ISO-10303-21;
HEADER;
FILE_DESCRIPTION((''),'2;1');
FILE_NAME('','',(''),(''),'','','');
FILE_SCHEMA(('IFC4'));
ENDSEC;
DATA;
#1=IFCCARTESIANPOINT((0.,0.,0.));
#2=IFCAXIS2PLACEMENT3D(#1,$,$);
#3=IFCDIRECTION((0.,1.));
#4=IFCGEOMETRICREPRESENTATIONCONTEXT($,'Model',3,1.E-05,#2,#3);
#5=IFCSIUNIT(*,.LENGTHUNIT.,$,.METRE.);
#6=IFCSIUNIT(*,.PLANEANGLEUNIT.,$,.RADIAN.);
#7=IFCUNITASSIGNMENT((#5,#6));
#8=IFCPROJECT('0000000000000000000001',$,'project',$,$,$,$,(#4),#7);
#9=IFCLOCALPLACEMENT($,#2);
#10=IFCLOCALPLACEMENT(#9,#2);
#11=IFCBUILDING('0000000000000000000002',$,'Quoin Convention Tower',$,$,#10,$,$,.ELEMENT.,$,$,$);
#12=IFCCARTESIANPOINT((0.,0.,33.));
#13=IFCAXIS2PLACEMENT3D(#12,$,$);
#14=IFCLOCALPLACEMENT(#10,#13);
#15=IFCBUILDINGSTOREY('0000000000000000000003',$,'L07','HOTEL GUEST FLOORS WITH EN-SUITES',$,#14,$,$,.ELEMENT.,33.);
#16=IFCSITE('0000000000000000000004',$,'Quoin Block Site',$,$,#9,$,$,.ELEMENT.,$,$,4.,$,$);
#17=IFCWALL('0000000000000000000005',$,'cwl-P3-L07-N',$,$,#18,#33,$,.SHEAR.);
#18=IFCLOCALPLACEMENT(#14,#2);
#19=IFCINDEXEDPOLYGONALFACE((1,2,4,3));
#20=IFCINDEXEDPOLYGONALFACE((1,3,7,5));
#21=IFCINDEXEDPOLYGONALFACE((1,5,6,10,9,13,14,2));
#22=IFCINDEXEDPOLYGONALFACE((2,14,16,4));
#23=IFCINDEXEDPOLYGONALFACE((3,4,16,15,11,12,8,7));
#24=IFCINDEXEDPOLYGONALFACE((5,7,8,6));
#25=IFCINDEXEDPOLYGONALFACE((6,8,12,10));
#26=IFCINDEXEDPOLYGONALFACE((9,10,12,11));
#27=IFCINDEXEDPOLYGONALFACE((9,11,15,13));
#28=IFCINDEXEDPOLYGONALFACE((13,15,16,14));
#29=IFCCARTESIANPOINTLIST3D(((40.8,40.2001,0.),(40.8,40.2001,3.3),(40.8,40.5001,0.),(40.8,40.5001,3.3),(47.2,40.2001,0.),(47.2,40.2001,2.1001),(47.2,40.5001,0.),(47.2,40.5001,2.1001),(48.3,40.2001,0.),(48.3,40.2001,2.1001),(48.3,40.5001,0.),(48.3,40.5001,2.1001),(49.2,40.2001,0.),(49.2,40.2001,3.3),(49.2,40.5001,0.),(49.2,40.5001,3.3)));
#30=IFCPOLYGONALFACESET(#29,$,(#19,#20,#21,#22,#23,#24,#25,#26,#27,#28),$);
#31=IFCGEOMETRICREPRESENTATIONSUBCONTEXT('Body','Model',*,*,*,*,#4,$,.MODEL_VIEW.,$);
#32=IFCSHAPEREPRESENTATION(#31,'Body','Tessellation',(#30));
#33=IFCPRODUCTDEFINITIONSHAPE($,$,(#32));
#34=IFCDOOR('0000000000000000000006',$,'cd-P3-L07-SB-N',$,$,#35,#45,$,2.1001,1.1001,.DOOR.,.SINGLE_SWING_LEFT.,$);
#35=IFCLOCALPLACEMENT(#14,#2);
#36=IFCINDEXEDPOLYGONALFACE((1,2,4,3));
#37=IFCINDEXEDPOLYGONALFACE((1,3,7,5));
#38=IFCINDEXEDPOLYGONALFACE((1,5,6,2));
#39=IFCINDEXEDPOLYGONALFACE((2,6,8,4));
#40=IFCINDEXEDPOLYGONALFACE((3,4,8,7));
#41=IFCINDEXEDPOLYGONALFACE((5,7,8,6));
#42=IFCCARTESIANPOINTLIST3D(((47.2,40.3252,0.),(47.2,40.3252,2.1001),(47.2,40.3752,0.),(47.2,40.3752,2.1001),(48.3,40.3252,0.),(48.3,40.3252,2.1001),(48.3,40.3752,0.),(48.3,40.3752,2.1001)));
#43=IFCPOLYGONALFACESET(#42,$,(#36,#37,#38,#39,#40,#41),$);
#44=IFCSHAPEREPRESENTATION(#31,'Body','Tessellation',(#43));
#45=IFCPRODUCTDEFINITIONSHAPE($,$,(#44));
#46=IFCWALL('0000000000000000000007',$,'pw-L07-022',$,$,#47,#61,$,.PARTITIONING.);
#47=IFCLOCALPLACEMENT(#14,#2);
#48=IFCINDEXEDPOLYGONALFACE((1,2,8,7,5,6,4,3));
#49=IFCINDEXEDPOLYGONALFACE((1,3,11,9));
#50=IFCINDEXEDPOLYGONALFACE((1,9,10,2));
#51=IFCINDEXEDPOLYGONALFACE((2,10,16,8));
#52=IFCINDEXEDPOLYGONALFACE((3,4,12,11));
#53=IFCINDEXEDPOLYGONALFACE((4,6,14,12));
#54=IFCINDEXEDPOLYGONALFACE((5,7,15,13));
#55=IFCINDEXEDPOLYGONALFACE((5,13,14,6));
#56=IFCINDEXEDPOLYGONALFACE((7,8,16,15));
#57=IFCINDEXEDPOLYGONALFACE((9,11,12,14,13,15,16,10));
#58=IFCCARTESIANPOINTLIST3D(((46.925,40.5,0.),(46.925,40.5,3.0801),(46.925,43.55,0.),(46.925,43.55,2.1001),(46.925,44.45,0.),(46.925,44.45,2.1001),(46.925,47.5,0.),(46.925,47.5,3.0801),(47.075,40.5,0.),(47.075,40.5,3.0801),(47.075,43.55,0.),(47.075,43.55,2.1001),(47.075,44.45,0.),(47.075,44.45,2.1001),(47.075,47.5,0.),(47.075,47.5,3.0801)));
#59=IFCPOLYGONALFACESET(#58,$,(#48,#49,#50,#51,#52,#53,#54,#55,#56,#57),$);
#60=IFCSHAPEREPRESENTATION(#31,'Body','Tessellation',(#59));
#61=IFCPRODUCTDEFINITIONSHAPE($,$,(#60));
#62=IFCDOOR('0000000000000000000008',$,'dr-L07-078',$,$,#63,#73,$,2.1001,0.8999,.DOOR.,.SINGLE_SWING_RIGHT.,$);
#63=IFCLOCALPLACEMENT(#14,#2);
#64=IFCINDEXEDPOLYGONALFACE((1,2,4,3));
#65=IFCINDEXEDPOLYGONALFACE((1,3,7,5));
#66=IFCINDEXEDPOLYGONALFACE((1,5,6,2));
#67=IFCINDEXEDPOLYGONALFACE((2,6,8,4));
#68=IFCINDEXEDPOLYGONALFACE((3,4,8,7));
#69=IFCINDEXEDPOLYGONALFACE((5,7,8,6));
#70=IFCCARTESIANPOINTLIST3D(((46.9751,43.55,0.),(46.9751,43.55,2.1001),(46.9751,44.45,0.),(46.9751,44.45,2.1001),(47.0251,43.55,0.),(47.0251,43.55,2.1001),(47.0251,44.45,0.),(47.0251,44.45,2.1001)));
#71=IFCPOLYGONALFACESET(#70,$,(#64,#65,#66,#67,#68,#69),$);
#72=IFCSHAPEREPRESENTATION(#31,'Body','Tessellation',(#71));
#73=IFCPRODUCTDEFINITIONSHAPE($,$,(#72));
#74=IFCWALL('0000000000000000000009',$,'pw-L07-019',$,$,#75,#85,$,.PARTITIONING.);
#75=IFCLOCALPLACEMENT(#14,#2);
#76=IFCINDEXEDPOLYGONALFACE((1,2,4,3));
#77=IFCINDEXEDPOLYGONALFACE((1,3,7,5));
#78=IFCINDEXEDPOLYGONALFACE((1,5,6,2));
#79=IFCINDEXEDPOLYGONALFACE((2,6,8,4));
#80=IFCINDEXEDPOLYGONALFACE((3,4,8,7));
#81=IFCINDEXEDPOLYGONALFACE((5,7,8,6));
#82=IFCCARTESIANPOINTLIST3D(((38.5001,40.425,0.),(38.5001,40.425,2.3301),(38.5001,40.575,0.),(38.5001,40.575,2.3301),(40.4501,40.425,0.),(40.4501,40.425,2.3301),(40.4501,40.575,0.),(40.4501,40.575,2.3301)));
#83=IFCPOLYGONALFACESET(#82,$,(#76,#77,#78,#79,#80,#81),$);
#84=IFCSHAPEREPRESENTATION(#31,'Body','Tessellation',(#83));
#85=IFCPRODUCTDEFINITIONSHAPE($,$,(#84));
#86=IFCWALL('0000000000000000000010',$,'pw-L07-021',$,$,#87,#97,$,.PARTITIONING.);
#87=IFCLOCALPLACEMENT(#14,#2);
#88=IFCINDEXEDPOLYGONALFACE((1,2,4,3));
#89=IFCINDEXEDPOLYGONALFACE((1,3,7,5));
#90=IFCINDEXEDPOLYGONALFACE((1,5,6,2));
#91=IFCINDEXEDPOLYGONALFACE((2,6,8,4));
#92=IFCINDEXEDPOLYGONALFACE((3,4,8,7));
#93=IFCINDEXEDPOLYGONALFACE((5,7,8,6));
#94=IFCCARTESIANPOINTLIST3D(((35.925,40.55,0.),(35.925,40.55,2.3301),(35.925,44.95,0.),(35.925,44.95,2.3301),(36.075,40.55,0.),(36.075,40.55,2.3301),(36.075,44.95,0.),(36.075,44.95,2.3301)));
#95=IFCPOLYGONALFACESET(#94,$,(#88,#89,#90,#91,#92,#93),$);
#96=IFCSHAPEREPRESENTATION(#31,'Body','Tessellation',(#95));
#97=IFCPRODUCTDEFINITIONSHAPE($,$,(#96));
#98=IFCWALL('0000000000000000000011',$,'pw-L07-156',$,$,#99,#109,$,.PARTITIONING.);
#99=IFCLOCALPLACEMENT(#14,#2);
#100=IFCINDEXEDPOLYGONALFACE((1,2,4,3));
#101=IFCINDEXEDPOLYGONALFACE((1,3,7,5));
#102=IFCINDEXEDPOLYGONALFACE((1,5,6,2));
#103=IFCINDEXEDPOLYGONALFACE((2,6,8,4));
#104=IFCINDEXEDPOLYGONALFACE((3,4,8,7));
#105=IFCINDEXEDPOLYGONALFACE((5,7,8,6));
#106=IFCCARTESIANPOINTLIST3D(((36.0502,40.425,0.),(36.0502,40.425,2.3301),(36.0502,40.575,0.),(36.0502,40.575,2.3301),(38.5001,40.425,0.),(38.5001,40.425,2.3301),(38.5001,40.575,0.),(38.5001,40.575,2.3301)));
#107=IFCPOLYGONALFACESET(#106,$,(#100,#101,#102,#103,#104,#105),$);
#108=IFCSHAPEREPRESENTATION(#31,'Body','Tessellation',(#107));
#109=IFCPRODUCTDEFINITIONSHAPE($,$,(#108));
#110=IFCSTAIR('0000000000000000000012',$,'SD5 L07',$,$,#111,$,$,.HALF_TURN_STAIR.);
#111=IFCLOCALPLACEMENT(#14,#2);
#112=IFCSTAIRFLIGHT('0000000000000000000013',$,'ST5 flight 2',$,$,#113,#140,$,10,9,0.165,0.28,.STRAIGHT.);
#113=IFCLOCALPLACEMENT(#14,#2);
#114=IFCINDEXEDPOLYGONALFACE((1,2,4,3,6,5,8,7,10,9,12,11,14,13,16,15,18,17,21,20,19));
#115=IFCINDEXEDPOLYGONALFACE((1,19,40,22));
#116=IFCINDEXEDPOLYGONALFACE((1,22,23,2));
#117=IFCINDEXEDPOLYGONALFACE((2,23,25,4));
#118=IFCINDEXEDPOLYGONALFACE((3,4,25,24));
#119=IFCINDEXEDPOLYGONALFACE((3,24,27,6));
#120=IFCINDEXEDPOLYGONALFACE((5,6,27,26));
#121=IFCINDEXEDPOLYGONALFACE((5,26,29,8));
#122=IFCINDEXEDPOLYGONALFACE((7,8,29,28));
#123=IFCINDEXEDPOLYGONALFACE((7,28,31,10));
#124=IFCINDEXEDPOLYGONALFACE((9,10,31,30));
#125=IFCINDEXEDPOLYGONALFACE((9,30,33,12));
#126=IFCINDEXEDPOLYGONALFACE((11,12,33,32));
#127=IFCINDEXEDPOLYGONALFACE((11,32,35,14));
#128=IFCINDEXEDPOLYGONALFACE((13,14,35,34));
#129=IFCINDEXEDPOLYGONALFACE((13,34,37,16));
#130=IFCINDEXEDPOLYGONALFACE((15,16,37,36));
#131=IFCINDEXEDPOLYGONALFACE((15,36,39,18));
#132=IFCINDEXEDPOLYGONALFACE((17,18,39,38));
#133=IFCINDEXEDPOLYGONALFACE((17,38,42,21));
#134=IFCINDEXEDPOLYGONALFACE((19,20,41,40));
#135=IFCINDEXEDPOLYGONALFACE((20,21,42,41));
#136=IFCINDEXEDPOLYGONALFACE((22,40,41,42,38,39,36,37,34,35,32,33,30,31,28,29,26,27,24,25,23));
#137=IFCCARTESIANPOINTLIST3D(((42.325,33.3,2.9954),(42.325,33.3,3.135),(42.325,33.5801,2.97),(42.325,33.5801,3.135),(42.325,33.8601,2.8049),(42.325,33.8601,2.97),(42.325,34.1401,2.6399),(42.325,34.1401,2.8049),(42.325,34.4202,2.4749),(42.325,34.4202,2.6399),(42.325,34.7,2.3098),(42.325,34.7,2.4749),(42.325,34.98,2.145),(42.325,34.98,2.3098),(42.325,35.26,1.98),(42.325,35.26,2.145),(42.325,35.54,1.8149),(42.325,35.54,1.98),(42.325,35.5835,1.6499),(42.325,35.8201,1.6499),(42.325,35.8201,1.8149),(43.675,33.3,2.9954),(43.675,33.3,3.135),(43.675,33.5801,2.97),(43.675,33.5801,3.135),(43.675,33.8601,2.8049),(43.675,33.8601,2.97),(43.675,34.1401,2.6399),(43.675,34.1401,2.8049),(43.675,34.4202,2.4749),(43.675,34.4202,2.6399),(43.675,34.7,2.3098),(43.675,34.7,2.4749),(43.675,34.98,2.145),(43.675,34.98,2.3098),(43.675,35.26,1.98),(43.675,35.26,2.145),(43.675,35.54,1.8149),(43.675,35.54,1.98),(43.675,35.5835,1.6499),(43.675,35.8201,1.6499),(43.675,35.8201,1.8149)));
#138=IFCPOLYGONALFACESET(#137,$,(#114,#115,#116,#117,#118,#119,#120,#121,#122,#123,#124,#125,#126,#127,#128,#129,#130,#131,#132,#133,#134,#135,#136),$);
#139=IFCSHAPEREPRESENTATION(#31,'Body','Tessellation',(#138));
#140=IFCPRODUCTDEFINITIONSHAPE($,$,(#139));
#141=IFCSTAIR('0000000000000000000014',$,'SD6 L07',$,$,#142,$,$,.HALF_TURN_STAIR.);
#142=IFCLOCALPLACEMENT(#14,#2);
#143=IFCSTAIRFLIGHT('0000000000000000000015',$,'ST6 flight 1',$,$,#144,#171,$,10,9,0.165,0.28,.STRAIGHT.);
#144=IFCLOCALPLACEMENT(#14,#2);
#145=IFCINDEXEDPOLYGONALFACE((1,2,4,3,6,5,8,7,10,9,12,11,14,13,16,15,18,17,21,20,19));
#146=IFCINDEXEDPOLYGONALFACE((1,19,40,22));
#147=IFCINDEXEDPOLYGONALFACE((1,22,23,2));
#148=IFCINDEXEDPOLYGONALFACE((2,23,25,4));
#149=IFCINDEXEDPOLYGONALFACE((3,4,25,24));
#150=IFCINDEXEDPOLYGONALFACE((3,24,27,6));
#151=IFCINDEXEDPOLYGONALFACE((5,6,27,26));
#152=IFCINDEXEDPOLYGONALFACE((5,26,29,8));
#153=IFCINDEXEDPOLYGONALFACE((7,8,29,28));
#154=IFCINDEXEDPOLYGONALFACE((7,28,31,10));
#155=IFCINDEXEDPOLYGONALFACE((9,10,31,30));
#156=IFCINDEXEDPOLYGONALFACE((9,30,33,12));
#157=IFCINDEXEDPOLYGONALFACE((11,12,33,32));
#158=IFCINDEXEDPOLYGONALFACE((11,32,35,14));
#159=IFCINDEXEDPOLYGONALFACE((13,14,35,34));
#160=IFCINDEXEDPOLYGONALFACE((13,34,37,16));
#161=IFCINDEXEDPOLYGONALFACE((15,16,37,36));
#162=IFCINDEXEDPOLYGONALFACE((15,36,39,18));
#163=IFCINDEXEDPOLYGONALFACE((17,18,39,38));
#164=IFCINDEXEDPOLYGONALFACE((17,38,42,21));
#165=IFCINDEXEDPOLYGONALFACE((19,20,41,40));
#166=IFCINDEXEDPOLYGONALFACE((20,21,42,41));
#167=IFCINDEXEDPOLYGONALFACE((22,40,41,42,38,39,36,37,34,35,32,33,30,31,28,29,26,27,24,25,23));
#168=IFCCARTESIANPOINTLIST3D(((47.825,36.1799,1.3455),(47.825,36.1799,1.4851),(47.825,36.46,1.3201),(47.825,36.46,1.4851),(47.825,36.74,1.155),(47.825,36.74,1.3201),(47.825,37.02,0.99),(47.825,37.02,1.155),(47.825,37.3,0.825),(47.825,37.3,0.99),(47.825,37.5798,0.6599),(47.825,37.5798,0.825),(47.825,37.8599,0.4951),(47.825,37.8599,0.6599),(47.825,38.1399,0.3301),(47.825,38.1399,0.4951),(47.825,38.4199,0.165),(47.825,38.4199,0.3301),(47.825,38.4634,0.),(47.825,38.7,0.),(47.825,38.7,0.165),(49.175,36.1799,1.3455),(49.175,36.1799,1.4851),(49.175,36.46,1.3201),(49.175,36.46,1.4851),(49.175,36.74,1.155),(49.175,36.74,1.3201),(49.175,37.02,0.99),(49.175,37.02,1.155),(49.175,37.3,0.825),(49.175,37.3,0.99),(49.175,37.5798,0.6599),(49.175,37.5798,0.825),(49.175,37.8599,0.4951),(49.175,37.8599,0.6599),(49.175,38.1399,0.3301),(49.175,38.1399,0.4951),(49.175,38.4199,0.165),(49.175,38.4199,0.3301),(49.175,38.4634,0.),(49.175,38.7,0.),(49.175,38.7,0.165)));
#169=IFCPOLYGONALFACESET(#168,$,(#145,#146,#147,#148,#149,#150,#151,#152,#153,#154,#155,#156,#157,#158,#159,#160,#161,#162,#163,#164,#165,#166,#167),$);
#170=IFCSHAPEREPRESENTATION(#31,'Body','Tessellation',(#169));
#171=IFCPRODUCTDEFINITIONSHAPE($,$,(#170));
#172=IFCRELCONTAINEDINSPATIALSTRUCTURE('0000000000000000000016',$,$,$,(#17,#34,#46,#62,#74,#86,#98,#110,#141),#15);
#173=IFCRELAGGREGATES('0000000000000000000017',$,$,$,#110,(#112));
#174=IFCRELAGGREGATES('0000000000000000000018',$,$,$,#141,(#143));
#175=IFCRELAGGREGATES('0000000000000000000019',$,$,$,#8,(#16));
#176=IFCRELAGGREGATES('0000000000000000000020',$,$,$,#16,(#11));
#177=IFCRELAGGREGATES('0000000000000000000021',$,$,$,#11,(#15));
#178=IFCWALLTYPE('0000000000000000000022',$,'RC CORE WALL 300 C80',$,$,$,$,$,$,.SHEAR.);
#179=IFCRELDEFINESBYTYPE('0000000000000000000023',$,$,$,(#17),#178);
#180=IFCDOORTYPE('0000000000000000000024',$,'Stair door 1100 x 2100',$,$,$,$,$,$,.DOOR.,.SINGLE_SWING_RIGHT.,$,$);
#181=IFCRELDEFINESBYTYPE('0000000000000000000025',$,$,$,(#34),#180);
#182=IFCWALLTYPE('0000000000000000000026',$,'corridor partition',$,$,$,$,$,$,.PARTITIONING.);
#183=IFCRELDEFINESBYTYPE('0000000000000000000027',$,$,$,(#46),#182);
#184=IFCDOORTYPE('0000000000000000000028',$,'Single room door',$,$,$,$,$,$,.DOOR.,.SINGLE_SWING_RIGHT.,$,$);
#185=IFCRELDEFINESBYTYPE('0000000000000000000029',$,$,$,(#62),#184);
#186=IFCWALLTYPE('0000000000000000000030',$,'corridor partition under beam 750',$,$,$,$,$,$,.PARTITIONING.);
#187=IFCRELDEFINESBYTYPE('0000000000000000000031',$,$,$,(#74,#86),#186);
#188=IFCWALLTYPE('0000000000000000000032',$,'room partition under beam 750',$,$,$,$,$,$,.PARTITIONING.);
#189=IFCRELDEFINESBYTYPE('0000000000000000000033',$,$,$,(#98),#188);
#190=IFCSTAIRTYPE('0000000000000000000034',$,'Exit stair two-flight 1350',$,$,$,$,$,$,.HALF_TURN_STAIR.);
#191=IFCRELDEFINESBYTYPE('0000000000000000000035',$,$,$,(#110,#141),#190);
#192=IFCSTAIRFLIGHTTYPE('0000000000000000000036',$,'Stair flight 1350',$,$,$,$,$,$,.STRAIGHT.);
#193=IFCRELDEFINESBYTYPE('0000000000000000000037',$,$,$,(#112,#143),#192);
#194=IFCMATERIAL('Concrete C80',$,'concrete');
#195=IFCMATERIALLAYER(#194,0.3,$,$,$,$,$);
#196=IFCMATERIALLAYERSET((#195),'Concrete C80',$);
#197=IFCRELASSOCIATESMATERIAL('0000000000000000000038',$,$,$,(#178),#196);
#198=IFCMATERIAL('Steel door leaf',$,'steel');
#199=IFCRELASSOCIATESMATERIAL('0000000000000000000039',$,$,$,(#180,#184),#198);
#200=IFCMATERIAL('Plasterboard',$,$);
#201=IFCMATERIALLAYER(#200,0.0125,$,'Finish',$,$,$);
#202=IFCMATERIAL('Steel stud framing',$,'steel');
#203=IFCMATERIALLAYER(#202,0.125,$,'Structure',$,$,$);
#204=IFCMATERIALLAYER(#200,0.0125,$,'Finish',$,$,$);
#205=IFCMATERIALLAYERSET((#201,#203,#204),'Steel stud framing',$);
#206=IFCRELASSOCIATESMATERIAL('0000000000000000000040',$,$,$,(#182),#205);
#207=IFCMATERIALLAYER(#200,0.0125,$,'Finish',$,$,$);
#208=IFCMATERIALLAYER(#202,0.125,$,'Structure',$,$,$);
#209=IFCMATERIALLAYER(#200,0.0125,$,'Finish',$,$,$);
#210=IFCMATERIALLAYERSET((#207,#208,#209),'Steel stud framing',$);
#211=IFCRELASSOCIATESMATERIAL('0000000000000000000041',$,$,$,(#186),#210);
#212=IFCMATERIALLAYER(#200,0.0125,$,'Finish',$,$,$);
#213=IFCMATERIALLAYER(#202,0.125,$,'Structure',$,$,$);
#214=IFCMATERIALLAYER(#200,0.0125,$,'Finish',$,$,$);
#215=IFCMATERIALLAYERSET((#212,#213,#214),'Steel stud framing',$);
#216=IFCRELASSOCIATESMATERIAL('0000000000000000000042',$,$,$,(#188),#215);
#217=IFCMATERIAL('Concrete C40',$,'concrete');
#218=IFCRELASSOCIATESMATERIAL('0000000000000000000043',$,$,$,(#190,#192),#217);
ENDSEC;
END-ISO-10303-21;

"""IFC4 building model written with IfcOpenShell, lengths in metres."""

from ifc_helpers import new_model, si_unit, direction, frame, frame_2d, origin, place, context, subcontext, project, spatial, polyline, rectangle, outline, extrude, material, layer, layer_set, type_object, element, fill, aggregate, save


model = new_model("IFC4")

# Units and contexts
model_context = context("Model", 3, precision=1e-05, world=origin(), true_north=direction((0.0, 1.0)))
body_context = subcontext(model_context, "Body", "Model", "MODEL_VIEW")
ifc_project = project(units=[si_unit("LENGTHUNIT", "METRE"), si_unit("PLANEANGLEUNIT", "RADIAN")], contexts=[model_context])

# Site, building, storey
site_placement = place(None, origin())
site = spatial("IfcSite", under=ifc_project, at=site_placement, Name="Quoin Block Site", CompositionType="ELEMENT", RefElevation=4.0)
building_placement = place(site_placement, origin())
building = spatial("IfcBuilding", under=site, at=building_placement, Name="Quoin Convention Tower", CompositionType="ELEMENT")
storey_placement = place(building_placement, frame((0.0, 0.0, 33.0)))
storey = spatial("IfcBuildingStorey", under=building, at=storey_placement, Name="L07", Description="HOTEL GUEST FLOORS WITH EN-SUITES", CompositionType="ELEMENT", Elevation=33.0)

# Shared definitions
ifc_material_1 = material(Name="Concrete C80", Category="concrete")

# Walls, openings, doors
ifc_layer_1 = layer(ifc_material_1, 0.3)
ifc_layer_set_1 = layer_set([ifc_layer_1], Name="Concrete C80")
wall_type_1 = type_object("IfcWallType", Name="RC CORE WALL 300 C80", PredefinedType="SHEAR", material=ifc_layer_set_1)
wall_1_placement = place(storey_placement, frame((40.8, 40.3501, 0.0), z_axis=(0.0, 0.0, 1.0), x_axis=(1.0, 0.0, 0.0)))
wall_1 = element("IfcWall", 1, at=wall_1_placement, inside=storey, type_object=wall_type_1, Name="cwl-P3-L07-N", PredefinedType="SHEAR", context=body_context, shape_type="SweptSolid", body=[
    extrude(rectangle(XDim=8.3999, YDim=0.3, at=frame_2d((4.2, 0.0))), origin(), (0.0, 0.0, 1.0), 3.3),
])
opening_1_placement = place(wall_1_placement, frame((6.3999, 0.0, 0.0)))
opening_1 = element("IfcOpeningElement", 2, at=opening_1_placement, cuts=wall_1, PredefinedType="OPENING", context=body_context, shape_type="SweptSolid", body=[
    extrude(rectangle(XDim=1.1001, YDim=2.1001, at=frame_2d((0.55, 1.05))), frame((0.0, 0.1599, 0.0), z_axis=(0.0, -1.0, 0.0), x_axis=(1.0, 0.0, 0.0)), (0.0, 0.0, 1.0), 0.3201),
])
ifc_material_2 = material(Name="Steel door leaf", Category="steel")
door_type_1 = type_object("IfcDoorType", Name="Stair door 1100 x 2100", OperationType="SINGLE_SWING_RIGHT", PredefinedType="DOOR", material=ifc_material_2)
door_1_placement = place(opening_1_placement, frame((1.1001, 0.0, 0.0), z_axis=(0.0, 0.0, 1.0), x_axis=(-1.0, 0.0, 0.0)))
door_1 = element("IfcDoor", 3, at=door_1_placement, inside=storey, type_object=door_type_1, Name="cd-P3-L07-SB-N", OperationType="SINGLE_SWING_LEFT", OverallHeight=2.1001, OverallWidth=1.1001, PredefinedType="DOOR", context=body_context, shape_type="SweptSolid", body=[
    extrude(rectangle(XDim=1.1001, YDim=2.1001, at=frame_2d((0.55, 1.05))), frame((0.0, 0.0249, 0.0), z_axis=(0.0, -1.0, 0.0), x_axis=(1.0, 0.0, 0.0)), (0.0, 0.0, 1.0), 0.05),
])
fill(opening_1, door_1)
ifc_material_3 = material(Name="Plasterboard")
ifc_layer_2 = layer(ifc_material_3, 0.0125, Name="Finish")
ifc_material_4 = material(Name="Steel stud framing", Category="steel")
ifc_layer_3 = layer(ifc_material_4, 0.125, Name="Structure")
ifc_layer_4 = layer(ifc_material_3, 0.0125, Name="Finish")
ifc_layer_set_2 = layer_set([ifc_layer_2, ifc_layer_3, ifc_layer_4], Name="Steel stud framing")
wall_type_2 = type_object("IfcWallType", Name="corridor partition", PredefinedType="PARTITIONING", material=ifc_layer_set_2)
wall_2_placement = place(storey_placement, frame((47.0, 40.5, 0.0), z_axis=(0.0, 0.0, 1.0), x_axis=(0.0, 1.0, 0.0)))
wall_2 = element("IfcWall", 4, at=wall_2_placement, inside=storey, type_object=wall_type_2, Name="pw-L07-022", PredefinedType="PARTITIONING", context=body_context, shape_type="SweptSolid", body=[
    extrude(rectangle(XDim=7.0, YDim=0.1499, at=frame_2d((3.5, 0.0))), origin(), (0.0, 0.0, 1.0), 3.0801),
])
opening_2_placement = place(wall_2_placement, frame((3.05, 0.0, 0.0)))
opening_2 = element("IfcOpeningElement", 5, at=opening_2_placement, cuts=wall_2, PredefinedType="OPENING", context=body_context, shape_type="SweptSolid", body=[
    extrude(rectangle(XDim=0.8999, YDim=2.1001, at=frame_2d((0.45, 1.05))), frame((0.0, 0.085, 0.0), z_axis=(0.0, -1.0, 0.0), x_axis=(1.0, 0.0, 0.0)), (0.0, 0.0, 1.0), 0.1699),
])
door_type_2 = type_object("IfcDoorType", Name="Single room door", OperationType="SINGLE_SWING_RIGHT", PredefinedType="DOOR", material=ifc_material_2)
door_2_placement = place(opening_2_placement, origin())
door_2 = element("IfcDoor", 6, at=door_2_placement, inside=storey, type_object=door_type_2, Name="dr-L07-078", OperationType="SINGLE_SWING_RIGHT", OverallHeight=2.1001, OverallWidth=0.8999, PredefinedType="DOOR", context=body_context, shape_type="SweptSolid", body=[
    extrude(rectangle(XDim=0.8999, YDim=2.1001, at=frame_2d((0.45, 1.05))), frame((0.0, 0.0249, 0.0), z_axis=(0.0, -1.0, 0.0), x_axis=(1.0, 0.0, 0.0)), (0.0, 0.0, 1.0), 0.05),
])
fill(opening_2, door_2)

# Walls
ifc_layer_5 = layer(ifc_material_3, 0.0125, Name="Finish")
ifc_layer_6 = layer(ifc_material_4, 0.125, Name="Structure")
ifc_layer_7 = layer(ifc_material_3, 0.0125, Name="Finish")
ifc_layer_set_3 = layer_set([ifc_layer_5, ifc_layer_6, ifc_layer_7], Name="Steel stud framing")
wall_type_3 = type_object("IfcWallType", Name="corridor partition under beam 750", PredefinedType="PARTITIONING", material=ifc_layer_set_3)
wall_3_placement = place(storey_placement, frame((38.5, 40.5, 0.0), z_axis=(0.0, 0.0, 1.0), x_axis=(1.0, 0.0, 0.0)))
element("IfcWall", 7, at=wall_3_placement, inside=storey, type_object=wall_type_3, Name="pw-L07-019", PredefinedType="PARTITIONING", context=body_context, shape_type="SweptSolid", body=[
    extrude(rectangle(XDim=1.95, YDim=0.1499, at=frame_2d((0.9751, 0.0))), origin(), (0.0, 0.0, 1.0), 2.3301),
])
wall_4_placement = place(storey_placement, frame((36.0, 40.55, 0.0), z_axis=(0.0, 0.0, 1.0), x_axis=(0.0, 1.0, 0.0)))
element("IfcWall", 8, at=wall_4_placement, inside=storey, type_object=wall_type_3, Name="pw-L07-021", PredefinedType="PARTITIONING", context=body_context, shape_type="SweptSolid", body=[
    extrude(rectangle(XDim=4.3999, YDim=0.1499, at=frame_2d((2.2, 0.0))), origin(), (0.0, 0.0, 1.0), 2.3301),
])
ifc_layer_8 = layer(ifc_material_3, 0.0125, Name="Finish")
ifc_layer_9 = layer(ifc_material_4, 0.125, Name="Structure")
ifc_layer_10 = layer(ifc_material_3, 0.0125, Name="Finish")
ifc_layer_set_4 = layer_set([ifc_layer_8, ifc_layer_9, ifc_layer_10], Name="Steel stud framing")
wall_type_4 = type_object("IfcWallType", Name="room partition under beam 750", PredefinedType="PARTITIONING", material=ifc_layer_set_4)
wall_5_placement = place(storey_placement, frame((36.05, 40.5, 0.0), z_axis=(0.0, 0.0, 1.0), x_axis=(1.0, 0.0, 0.0)))
element("IfcWall", 9, at=wall_5_placement, inside=storey, type_object=wall_type_4, Name="pw-L07-156", PredefinedType="PARTITIONING", context=body_context, shape_type="SweptSolid", body=[
    extrude(rectangle(XDim=2.45, YDim=0.1499, at=frame_2d((1.2251, 0.0))), origin(), (0.0, 0.0, 1.0), 2.3301),
])

# Stair, stair flight
ifc_material_5 = material(Name="Concrete C40", Category="concrete")
stair_type = type_object("IfcStairType", Name="Exit stair two-flight 1350", PredefinedType="HALF_TURN_STAIR", material=ifc_material_5)
stair_1_placement = place(storey_placement, origin())
stair_1 = element("IfcStair", 10, at=stair_1_placement, inside=storey, type_object=stair_type, Name="SD5 L07", PredefinedType="HALF_TURN_STAIR")
stair_flight_type = type_object("IfcStairFlightType", Name="Stair flight 1350", PredefinedType="STRAIGHT", material=ifc_material_5)
stair_flight_1_placement = place(storey_placement, frame((43.0, 35.8201, 1.6499), z_axis=(0.0, 0.0, 1.0), x_axis=(0.0, -1.0, 0.0)))
stair_flight_1 = element("IfcStairFlight", 11, at=stair_flight_1_placement, type_object=stair_flight_type, Name="ST5 flight 2", NumberOfRisers=10, NumberOfTreads=9, PredefinedType="STRAIGHT", RiserHeight=0.165, TreadLength=0.28, context=body_context, shape_type="SweptSolid", body=[
    extrude(outline(polyline([(0.0, 0.0), (0.0, 0.165), (0.28, 0.165), (0.28, 0.3301), (0.5601, 0.3301), (0.5601, 0.4951), (0.8401, 0.4951), (0.8401, 0.6599), (1.1201, 0.6599), (1.1201, 0.825), (1.3999, 0.825), (1.3999, 0.99), (1.6799, 0.99), (1.6799, 1.155), (1.96, 1.155), (1.96, 1.3201), (2.24, 1.3201), (2.24, 1.4851), (2.52, 1.4851), (2.52, 1.6499), (2.52, 1.3455), (0.2366, 0.0), (0.0, 0.0)])), frame((0.0, 0.675, 0.0), z_axis=(0.0, -1.0, 0.0), x_axis=(1.0, 0.0, 0.0)), (0.0, 0.0, 1.0), 1.3501),
])
aggregate(stair_1, [stair_flight_1])

# Stair, stair flight
stair_2_placement = place(storey_placement, origin())
stair_2 = element("IfcStair", 12, at=stair_2_placement, inside=storey, type_object=stair_type, Name="SD6 L07", PredefinedType="HALF_TURN_STAIR")
stair_flight_2_placement = place(storey_placement, frame((48.5, 38.7, 0.0), z_axis=(0.0, 0.0, 1.0), x_axis=(0.0, -1.0, 0.0)))
stair_flight_2 = element("IfcStairFlight", 13, at=stair_flight_2_placement, type_object=stair_flight_type, Name="ST6 flight 1", NumberOfRisers=10, NumberOfTreads=9, PredefinedType="STRAIGHT", RiserHeight=0.165, TreadLength=0.28, context=body_context, shape_type="SweptSolid", body=[
    extrude(outline(polyline([(0.0, 0.0), (0.0, 0.165), (0.28, 0.165), (0.28, 0.3301), (0.5601, 0.3301), (0.5601, 0.4951), (0.8401, 0.4951), (0.8401, 0.6599), (1.1201, 0.6599), (1.1201, 0.825), (1.3999, 0.825), (1.3999, 0.99), (1.6799, 0.99), (1.6799, 1.155), (1.96, 1.155), (1.96, 1.3201), (2.24, 1.3201), (2.24, 1.4851), (2.52, 1.4851), (2.52, 1.6499), (2.52, 1.3455), (0.2366, 0.0), (0.0, 0.0)])), frame((0.0, 0.675, 0.0), z_axis=(0.0, -1.0, 0.0), x_axis=(1.0, 0.0, 0.0)), (0.0, 0.0, 1.0), 1.3501),
])
aggregate(stair_2, [stair_flight_2])

save(model, "model.ifc")
